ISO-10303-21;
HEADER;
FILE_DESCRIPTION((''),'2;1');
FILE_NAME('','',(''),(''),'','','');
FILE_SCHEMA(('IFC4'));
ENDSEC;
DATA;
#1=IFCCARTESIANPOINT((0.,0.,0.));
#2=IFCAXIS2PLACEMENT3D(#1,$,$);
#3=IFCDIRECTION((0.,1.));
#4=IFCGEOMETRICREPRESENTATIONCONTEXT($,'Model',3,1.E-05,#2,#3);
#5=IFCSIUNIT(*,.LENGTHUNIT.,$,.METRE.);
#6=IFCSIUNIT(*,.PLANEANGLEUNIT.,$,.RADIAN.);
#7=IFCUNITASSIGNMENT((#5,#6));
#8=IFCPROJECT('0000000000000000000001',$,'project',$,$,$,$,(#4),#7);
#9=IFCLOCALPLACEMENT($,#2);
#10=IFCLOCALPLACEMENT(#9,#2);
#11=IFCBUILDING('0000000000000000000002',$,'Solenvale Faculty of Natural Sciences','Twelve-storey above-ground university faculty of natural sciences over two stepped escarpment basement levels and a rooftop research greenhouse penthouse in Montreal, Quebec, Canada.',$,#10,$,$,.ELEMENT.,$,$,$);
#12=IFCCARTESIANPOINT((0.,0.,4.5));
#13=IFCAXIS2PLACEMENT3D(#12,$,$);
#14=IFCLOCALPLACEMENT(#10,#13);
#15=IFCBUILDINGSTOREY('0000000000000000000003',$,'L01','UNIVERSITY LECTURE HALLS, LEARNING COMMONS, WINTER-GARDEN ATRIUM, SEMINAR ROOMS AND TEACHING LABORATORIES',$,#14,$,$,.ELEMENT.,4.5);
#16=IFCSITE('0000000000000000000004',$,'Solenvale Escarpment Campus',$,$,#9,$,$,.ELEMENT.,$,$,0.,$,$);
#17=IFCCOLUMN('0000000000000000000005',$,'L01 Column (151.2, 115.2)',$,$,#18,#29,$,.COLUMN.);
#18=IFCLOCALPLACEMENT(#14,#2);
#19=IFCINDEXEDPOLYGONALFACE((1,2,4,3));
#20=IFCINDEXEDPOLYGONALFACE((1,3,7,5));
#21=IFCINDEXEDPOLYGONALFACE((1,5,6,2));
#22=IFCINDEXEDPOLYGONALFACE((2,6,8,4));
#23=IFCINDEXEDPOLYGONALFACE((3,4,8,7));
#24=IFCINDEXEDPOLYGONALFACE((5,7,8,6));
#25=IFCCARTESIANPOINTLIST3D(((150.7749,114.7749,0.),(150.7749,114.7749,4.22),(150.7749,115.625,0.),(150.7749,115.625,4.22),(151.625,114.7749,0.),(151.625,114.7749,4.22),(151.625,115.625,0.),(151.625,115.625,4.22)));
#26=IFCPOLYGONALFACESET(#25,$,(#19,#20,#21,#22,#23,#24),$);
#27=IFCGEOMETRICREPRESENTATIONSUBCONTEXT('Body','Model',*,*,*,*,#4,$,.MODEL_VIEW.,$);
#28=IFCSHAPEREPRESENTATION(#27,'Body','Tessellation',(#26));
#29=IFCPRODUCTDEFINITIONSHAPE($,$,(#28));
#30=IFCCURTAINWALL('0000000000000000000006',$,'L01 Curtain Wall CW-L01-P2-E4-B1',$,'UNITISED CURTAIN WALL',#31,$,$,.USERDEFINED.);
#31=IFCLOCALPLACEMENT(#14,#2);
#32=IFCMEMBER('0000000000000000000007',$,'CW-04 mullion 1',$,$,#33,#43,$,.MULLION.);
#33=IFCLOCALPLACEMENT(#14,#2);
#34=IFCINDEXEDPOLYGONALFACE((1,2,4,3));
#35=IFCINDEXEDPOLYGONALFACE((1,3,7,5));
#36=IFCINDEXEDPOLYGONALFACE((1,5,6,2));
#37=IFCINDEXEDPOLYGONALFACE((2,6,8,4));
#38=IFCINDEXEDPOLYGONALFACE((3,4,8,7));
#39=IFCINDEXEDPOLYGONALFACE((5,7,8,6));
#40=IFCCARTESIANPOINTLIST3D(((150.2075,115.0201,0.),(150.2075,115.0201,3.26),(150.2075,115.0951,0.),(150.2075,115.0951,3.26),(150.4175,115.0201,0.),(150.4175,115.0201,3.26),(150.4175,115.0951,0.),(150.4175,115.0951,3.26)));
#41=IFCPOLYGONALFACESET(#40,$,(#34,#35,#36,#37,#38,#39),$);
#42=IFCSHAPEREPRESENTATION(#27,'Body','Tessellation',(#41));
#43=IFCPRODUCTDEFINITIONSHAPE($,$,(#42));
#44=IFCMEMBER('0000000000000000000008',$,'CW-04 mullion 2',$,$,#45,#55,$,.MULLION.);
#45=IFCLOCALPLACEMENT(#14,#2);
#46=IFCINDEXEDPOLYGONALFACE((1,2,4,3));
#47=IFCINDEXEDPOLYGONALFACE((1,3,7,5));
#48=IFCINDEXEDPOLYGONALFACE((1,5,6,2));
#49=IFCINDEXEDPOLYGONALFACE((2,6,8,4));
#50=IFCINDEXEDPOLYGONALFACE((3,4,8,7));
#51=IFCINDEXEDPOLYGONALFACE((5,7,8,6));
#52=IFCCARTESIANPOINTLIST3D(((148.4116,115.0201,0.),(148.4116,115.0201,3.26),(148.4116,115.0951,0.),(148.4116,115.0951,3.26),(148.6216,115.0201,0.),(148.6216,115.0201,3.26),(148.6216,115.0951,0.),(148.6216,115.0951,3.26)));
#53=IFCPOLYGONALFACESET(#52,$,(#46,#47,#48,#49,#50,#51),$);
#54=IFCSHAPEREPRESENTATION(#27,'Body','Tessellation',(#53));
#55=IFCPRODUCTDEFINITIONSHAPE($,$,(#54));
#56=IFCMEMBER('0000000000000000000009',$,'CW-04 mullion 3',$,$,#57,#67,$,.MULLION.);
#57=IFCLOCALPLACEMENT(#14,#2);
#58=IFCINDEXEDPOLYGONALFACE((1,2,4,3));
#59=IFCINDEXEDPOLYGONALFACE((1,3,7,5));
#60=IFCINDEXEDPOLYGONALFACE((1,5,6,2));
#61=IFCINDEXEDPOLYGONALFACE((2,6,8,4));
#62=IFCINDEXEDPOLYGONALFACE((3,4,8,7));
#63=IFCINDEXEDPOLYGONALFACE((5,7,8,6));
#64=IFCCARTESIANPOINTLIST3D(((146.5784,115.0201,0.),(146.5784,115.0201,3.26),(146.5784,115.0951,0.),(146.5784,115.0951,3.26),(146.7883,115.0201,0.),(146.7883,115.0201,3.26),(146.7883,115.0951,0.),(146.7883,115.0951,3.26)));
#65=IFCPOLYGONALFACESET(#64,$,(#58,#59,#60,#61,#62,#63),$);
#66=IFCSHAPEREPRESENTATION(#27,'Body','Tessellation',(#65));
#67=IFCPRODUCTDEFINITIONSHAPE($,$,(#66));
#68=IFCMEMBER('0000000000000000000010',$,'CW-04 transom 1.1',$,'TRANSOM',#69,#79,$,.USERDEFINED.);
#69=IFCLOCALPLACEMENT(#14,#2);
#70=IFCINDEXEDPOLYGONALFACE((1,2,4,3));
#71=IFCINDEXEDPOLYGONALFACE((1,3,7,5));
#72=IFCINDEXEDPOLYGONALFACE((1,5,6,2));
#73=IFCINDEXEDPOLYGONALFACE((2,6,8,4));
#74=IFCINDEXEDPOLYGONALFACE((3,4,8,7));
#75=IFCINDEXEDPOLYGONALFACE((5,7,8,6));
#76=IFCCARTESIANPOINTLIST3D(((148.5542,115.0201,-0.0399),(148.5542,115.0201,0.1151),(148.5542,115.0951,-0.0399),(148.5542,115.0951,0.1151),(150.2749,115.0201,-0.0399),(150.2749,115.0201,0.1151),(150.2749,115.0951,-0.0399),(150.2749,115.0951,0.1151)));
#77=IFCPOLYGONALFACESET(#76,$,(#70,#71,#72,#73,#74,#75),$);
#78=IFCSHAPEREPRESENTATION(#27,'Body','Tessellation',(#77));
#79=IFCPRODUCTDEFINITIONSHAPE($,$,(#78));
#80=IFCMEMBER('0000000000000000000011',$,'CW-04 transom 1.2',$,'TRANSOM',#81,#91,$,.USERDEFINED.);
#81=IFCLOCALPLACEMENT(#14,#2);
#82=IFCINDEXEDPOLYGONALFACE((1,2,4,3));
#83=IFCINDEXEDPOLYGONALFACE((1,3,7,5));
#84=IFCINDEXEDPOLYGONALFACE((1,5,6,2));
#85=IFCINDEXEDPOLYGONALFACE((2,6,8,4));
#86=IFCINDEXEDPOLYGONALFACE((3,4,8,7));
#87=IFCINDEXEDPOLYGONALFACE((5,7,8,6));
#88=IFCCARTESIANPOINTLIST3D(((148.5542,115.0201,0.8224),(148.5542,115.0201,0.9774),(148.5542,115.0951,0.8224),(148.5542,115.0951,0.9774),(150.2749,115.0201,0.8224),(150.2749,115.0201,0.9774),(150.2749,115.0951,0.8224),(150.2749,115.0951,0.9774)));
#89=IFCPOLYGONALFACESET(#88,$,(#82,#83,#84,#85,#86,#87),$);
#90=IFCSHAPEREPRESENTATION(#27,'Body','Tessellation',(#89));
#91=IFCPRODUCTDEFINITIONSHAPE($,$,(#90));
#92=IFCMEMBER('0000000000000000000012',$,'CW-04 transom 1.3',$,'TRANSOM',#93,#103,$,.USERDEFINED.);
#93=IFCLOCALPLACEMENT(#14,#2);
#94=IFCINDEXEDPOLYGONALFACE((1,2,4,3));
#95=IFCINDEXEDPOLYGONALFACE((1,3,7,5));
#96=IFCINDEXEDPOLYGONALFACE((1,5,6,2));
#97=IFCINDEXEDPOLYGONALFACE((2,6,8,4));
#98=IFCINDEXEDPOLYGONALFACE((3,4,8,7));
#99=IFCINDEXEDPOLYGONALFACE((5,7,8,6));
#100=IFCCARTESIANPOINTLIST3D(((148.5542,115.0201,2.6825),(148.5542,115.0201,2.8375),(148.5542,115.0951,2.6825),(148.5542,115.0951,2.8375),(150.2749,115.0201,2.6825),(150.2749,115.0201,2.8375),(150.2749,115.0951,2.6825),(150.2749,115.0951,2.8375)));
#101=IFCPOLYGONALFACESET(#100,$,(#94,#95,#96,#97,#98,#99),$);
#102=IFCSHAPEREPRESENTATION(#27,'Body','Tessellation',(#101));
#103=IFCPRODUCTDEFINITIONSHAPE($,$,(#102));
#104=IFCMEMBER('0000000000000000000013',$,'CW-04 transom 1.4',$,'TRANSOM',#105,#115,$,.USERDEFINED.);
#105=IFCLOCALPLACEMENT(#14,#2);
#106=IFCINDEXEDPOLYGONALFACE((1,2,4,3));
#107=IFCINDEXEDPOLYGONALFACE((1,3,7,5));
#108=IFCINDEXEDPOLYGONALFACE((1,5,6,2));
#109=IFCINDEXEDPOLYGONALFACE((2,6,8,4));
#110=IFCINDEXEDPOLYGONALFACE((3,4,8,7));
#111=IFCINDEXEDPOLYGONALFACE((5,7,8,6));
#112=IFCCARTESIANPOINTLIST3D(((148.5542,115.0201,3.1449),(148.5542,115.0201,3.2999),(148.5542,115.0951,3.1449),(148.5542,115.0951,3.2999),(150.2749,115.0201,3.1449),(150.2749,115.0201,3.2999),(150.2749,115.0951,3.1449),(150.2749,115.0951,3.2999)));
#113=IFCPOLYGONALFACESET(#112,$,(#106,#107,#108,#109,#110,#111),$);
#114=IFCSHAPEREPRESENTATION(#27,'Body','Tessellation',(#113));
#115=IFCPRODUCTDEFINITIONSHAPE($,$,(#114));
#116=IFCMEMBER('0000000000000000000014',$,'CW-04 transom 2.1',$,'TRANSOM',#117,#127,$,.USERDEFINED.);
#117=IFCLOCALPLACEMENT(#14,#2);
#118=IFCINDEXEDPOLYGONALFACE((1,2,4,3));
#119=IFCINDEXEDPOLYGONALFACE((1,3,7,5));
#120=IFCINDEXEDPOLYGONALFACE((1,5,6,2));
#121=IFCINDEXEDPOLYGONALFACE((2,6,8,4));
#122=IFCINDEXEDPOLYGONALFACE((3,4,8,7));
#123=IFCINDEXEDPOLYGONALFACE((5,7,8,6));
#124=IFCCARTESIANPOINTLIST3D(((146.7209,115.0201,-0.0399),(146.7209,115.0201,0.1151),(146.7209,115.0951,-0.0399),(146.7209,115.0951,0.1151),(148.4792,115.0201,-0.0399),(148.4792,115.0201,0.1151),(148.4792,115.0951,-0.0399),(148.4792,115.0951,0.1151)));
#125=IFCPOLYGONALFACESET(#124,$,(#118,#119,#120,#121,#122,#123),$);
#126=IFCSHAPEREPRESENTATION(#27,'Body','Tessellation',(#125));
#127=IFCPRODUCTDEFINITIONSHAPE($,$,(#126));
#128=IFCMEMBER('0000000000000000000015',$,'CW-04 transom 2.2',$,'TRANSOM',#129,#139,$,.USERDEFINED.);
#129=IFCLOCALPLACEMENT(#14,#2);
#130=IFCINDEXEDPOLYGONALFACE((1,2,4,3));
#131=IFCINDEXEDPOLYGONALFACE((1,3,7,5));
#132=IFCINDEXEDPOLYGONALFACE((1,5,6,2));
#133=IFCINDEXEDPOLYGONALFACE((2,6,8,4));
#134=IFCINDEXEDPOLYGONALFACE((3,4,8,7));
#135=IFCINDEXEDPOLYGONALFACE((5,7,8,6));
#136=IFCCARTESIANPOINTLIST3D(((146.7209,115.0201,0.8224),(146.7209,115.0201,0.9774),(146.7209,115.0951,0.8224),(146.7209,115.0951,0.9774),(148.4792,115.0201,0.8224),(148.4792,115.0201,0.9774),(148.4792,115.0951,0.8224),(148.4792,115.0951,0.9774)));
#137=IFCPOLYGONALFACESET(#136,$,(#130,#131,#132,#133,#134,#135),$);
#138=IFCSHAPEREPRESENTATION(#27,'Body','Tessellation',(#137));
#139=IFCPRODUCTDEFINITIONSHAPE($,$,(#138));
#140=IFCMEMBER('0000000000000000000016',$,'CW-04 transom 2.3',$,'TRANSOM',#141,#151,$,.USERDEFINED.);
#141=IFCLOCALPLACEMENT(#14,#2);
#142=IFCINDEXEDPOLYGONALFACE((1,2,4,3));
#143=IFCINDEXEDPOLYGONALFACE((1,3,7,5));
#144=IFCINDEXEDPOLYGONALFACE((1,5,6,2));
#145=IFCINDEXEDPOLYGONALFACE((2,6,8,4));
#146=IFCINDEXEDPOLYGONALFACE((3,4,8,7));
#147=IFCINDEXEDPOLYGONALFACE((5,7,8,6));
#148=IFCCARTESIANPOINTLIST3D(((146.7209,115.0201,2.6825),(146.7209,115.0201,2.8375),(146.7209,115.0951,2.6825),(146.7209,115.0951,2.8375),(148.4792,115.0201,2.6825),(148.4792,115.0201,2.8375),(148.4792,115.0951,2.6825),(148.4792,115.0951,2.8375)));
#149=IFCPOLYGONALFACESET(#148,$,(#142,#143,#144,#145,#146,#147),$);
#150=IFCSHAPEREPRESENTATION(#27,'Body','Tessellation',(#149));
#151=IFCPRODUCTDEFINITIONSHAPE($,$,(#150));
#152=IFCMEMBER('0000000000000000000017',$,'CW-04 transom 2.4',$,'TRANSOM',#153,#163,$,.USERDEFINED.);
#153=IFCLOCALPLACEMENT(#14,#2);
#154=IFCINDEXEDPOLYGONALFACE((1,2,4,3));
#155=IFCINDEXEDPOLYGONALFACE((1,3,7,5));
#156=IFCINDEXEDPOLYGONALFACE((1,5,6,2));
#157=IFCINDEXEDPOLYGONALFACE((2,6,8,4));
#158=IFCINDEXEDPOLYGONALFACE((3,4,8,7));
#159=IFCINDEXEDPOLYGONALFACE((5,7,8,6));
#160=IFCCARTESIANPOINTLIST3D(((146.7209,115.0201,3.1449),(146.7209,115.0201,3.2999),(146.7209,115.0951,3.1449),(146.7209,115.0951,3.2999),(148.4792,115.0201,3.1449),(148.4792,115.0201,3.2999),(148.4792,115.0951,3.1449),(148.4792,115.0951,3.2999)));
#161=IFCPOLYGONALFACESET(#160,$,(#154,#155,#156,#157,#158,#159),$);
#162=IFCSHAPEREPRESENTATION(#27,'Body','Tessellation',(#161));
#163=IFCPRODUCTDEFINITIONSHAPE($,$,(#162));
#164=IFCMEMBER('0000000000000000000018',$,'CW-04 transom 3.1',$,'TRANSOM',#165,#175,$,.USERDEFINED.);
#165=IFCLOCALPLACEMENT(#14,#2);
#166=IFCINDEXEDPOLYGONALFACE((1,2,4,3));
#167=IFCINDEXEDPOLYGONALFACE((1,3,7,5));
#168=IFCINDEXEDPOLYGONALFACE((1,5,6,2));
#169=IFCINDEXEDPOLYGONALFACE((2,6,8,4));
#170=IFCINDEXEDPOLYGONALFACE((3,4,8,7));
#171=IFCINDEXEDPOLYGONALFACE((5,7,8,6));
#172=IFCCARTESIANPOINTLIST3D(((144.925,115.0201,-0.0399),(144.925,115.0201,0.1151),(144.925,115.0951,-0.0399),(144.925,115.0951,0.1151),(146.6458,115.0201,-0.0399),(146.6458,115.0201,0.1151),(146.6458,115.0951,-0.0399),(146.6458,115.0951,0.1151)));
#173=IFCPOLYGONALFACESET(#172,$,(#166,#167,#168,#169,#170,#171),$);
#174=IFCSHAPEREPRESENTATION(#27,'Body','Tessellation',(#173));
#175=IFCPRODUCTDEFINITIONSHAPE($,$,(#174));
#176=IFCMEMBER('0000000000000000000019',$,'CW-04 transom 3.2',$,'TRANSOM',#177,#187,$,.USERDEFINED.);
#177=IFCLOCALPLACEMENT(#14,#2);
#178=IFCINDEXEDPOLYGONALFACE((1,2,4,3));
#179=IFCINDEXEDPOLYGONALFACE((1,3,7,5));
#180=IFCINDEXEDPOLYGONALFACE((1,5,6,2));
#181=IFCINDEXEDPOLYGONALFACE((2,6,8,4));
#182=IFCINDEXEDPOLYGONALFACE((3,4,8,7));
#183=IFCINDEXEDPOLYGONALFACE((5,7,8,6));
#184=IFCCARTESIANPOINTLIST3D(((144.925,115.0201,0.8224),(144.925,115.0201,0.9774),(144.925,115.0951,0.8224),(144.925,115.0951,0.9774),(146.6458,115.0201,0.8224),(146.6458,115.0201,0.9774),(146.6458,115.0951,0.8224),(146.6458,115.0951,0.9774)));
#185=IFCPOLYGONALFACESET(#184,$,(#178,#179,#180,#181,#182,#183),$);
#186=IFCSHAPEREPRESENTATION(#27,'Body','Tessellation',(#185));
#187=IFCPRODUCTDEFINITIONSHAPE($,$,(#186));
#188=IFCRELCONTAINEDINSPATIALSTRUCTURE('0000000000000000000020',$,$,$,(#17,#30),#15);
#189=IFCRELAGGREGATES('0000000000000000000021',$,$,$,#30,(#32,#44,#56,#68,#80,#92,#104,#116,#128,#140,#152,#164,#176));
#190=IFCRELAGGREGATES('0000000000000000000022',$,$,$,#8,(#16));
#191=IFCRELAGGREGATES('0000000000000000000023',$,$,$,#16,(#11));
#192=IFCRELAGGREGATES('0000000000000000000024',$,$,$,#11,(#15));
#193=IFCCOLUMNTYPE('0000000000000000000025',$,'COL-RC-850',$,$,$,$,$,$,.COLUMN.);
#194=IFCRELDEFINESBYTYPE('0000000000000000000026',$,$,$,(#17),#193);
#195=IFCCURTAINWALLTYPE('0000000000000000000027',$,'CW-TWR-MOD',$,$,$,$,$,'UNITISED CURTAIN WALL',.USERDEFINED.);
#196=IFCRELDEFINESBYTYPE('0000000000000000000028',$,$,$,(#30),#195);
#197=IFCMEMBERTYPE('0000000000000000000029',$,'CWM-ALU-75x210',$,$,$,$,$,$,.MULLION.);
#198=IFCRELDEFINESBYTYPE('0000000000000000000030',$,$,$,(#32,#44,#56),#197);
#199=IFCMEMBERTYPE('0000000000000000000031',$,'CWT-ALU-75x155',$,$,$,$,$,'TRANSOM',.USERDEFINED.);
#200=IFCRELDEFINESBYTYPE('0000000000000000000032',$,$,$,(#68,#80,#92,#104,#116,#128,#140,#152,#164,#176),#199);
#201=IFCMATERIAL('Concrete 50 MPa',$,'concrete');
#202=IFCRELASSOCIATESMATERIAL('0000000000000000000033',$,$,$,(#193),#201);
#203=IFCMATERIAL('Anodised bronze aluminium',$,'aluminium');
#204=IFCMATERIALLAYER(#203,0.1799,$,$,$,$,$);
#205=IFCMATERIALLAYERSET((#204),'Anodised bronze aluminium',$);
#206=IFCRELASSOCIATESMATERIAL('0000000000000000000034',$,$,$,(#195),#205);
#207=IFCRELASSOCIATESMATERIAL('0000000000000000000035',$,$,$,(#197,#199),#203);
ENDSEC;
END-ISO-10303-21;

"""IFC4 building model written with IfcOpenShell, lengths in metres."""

from ifc_helpers import new_model, si_unit, direction, frame, origin, origin_2d, place, context, subcontext, project, spatial, rectangle, extrude, material, layer, layer_set, material_profile, profile_set, type_object, element, aggregate, save


model = new_model("IFC4")

# Units and contexts
model_context = context("Model", 3, precision=1e-05, world=origin(), true_north=direction((0.0, 1.0)))
body_context = subcontext(model_context, "Body", "Model", "MODEL_VIEW")
ifc_project = project(units=[si_unit("LENGTHUNIT", "METRE"), si_unit("PLANEANGLEUNIT", "RADIAN")], contexts=[model_context])

# Site, building, storey
site_placement = place(None, origin())
site = spatial("IfcSite", under=ifc_project, at=site_placement, Name="Solenvale Escarpment Campus", CompositionType="ELEMENT", RefElevation=0.0)
building_placement = place(site_placement, origin())
building = spatial("IfcBuilding", under=site, at=building_placement, Name="Solenvale Faculty of Natural Sciences", Description="Twelve-storey above-ground university faculty of natural sciences over two stepped escarpment basement levels and a rooftop research greenhouse penthouse in Montreal, Quebec, Canada.", CompositionType="ELEMENT")
storey_placement = place(building_placement, frame((0.0, 0.0, 4.5)))
storey = spatial("IfcBuildingStorey", under=building, at=storey_placement, Name="L01", Description="UNIVERSITY LECTURE HALLS, LEARNING COMMONS, WINTER-GARDEN ATRIUM, SEMINAR ROOMS AND TEACHING LABORATORIES", CompositionType="ELEMENT", Elevation=4.5)

# Column
ifc_material_1 = material(Name="Concrete 50 MPa", Category="concrete")
ifc_material_profile_1 = material_profile(ifc_material_1, rectangle(XDim=0.8501, YDim=0.8501, at=origin_2d()), Name="RC-COL-850x850")
ifc_profile_set_1 = profile_set([ifc_material_profile_1], Name="Concrete 50 MPa")
column_type = type_object("IfcColumnType", Name="COL-RC-850", PredefinedType="COLUMN", material=ifc_profile_set_1)
column_placement = place(storey_placement, frame((151.2, 115.2, 0.0), z_axis=(0.0, 0.0, 1.0), x_axis=(1.0, 0.0, 0.0)))
element("IfcColumn", 1, at=column_placement, inside=storey, type_object=column_type, Name="L01 Column (151.2, 115.2)", PredefinedType="COLUMN", context=body_context, shape_type="SweptSolid", body=[
    extrude(rectangle(XDim=0.8501, YDim=0.8501, at=origin_2d()), origin(), (0.0, 0.0, 1.0), 4.22),
])

# Curtain wall, members
ifc_material_2 = material(Name="Anodised bronze aluminium", Category="aluminium")
ifc_layer_1 = layer(ifc_material_2, 0.1799)
ifc_layer_set_1 = layer_set([ifc_layer_1], Name="Anodised bronze aluminium")
curtain_wall_type = type_object("IfcCurtainWallType", Name="CW-TWR-MOD", ElementType="UNITISED CURTAIN WALL", PredefinedType="USERDEFINED", material=ifc_layer_set_1)
curtain_wall_placement = place(storey_placement, origin())
curtain_wall = element("IfcCurtainWall", 2, at=curtain_wall_placement, inside=storey, type_object=curtain_wall_type, Name="L01 Curtain Wall CW-L01-P2-E4-B1", ObjectType="UNITISED CURTAIN WALL", PredefinedType="USERDEFINED")
ifc_material_profile_2 = material_profile(ifc_material_2, rectangle(XDim=0.075, YDim=0.21, at=origin_2d()), Name="ALU-MUL-75x210")
ifc_profile_set_2 = profile_set([ifc_material_profile_2], Name="Anodised bronze aluminium")
member_type_1 = type_object("IfcMemberType", Name="CWM-ALU-75x210", PredefinedType="MULLION", material=ifc_profile_set_2)
member_1_placement = place(storey_placement, frame((150.3125, 115.0576, 0.0), z_axis=(0.0, 0.0, 1.0), x_axis=(0.0, -1.0, 0.0)))
member_1 = element("IfcMember", 3, at=member_1_placement, type_object=member_type_1, Name="CW-04 mullion 1", PredefinedType="MULLION", context=body_context, shape_type="SweptSolid", body=[
    extrude(rectangle(XDim=0.075, YDim=0.21, at=origin_2d()), origin(), (0.0, 0.0, 1.0), 3.26),
])
member_2_placement = place(storey_placement, frame((148.5166, 115.0576, 0.0), z_axis=(0.0, 0.0, 1.0), x_axis=(0.0, -1.0, 0.0)))
member_2 = element("IfcMember", 4, at=member_2_placement, type_object=member_type_1, Name="CW-04 mullion 2", PredefinedType="MULLION", context=body_context, shape_type="SweptSolid", body=[
    extrude(rectangle(XDim=0.075, YDim=0.21, at=origin_2d()), origin(), (0.0, 0.0, 1.0), 3.26),
])
member_3_placement = place(storey_placement, frame((146.6833, 115.0576, 0.0), z_axis=(0.0, 0.0, 1.0), x_axis=(0.0, -1.0, 0.0)))
member_3 = element("IfcMember", 5, at=member_3_placement, type_object=member_type_1, Name="CW-04 mullion 3", PredefinedType="MULLION", context=body_context, shape_type="SweptSolid", body=[
    extrude(rectangle(XDim=0.075, YDim=0.21, at=origin_2d()), origin(), (0.0, 0.0, 1.0), 3.26),
])
ifc_material_profile_3 = material_profile(ifc_material_2, rectangle(XDim=0.075, YDim=0.155, at=origin_2d()), Name="ALU-TRN-75x155")
ifc_profile_set_3 = profile_set([ifc_material_profile_3], Name="Anodised bronze aluminium")
member_type_2 = type_object("IfcMemberType", Name="CWT-ALU-75x155", ElementType="TRANSOM", PredefinedType="USERDEFINED", material=ifc_profile_set_3)
member_4_placement = place(storey_placement, frame((150.2749, 115.0576, 0.0376), z_axis=(-1.0, 0.0, 0.0), x_axis=(0.0, -1.0, 0.0)))
member_4 = element("IfcMember", 6, at=member_4_placement, type_object=member_type_2, Name="CW-04 transom 1.1", ObjectType="TRANSOM", PredefinedType="USERDEFINED", context=body_context, shape_type="SweptSolid", body=[
    extrude(rectangle(XDim=0.075, YDim=0.155, at=origin_2d()), origin(), (0.0, 0.0, 1.0), 1.7207),
])
member_5_placement = place(storey_placement, frame((150.2749, 115.0576, 0.8999), z_axis=(-1.0, 0.0, 0.0), x_axis=(0.0, -1.0, 0.0)))
member_5 = element("IfcMember", 7, at=member_5_placement, type_object=member_type_2, Name="CW-04 transom 1.2", ObjectType="TRANSOM", PredefinedType="USERDEFINED", context=body_context, shape_type="SweptSolid", body=[
    extrude(rectangle(XDim=0.075, YDim=0.155, at=origin_2d()), origin(), (0.0, 0.0, 1.0), 1.7207),
])
member_6_placement = place(storey_placement, frame((150.2749, 115.0576, 2.76), z_axis=(-1.0, 0.0, 0.0), x_axis=(0.0, -1.0, 0.0)))
member_6 = element("IfcMember", 8, at=member_6_placement, type_object=member_type_2, Name="CW-04 transom 1.3", ObjectType="TRANSOM", PredefinedType="USERDEFINED", context=body_context, shape_type="SweptSolid", body=[
    extrude(rectangle(XDim=0.075, YDim=0.155, at=origin_2d()), origin(), (0.0, 0.0, 1.0), 1.7207),
])
member_7_placement = place(storey_placement, frame((150.2749, 115.0576, 3.2224), z_axis=(-1.0, 0.0, 0.0), x_axis=(0.0, -1.0, 0.0)))
member_7 = element("IfcMember", 9, at=member_7_placement, type_object=member_type_2, Name="CW-04 transom 1.4", ObjectType="TRANSOM", PredefinedType="USERDEFINED", context=body_context, shape_type="SweptSolid", body=[
    extrude(rectangle(XDim=0.075, YDim=0.155, at=origin_2d()), origin(), (0.0, 0.0, 1.0), 1.7207),
])
member_8_placement = place(storey_placement, frame((148.4792, 115.0576, 0.0376), z_axis=(-1.0, 0.0, 0.0), x_axis=(0.0, -1.0, 0.0)))
member_8 = element("IfcMember", 10, at=member_8_placement, type_object=member_type_2, Name="CW-04 transom 2.1", ObjectType="TRANSOM", PredefinedType="USERDEFINED", context=body_context, shape_type="SweptSolid", body=[
    extrude(rectangle(XDim=0.075, YDim=0.155, at=origin_2d()), origin(), (0.0, 0.0, 1.0), 1.7583),
])
member_9_placement = place(storey_placement, frame((148.4792, 115.0576, 0.8999), z_axis=(-1.0, 0.0, 0.0), x_axis=(0.0, -1.0, 0.0)))
member_9 = element("IfcMember", 11, at=member_9_placement, type_object=member_type_2, Name="CW-04 transom 2.2", ObjectType="TRANSOM", PredefinedType="USERDEFINED", context=body_context, shape_type="SweptSolid", body=[
    extrude(rectangle(XDim=0.075, YDim=0.155, at=origin_2d()), origin(), (0.0, 0.0, 1.0), 1.7583),
])
member_10_placement = place(storey_placement, frame((148.4792, 115.0576, 2.76), z_axis=(-1.0, 0.0, 0.0), x_axis=(0.0, -1.0, 0.0)))
member_10 = element("IfcMember", 12, at=member_10_placement, type_object=member_type_2, Name="CW-04 transom 2.3", ObjectType="TRANSOM", PredefinedType="USERDEFINED", context=body_context, shape_type="SweptSolid", body=[
    extrude(rectangle(XDim=0.075, YDim=0.155, at=origin_2d()), origin(), (0.0, 0.0, 1.0), 1.7583),
])
member_11_placement = place(storey_placement, frame((148.4792, 115.0576, 3.2224), z_axis=(-1.0, 0.0, 0.0), x_axis=(0.0, -1.0, 0.0)))
member_11 = element("IfcMember", 13, at=member_11_placement, type_object=member_type_2, Name="CW-04 transom 2.4", ObjectType="TRANSOM", PredefinedType="USERDEFINED", context=body_context, shape_type="SweptSolid", body=[
    extrude(rectangle(XDim=0.075, YDim=0.155, at=origin_2d()), origin(), (0.0, 0.0, 1.0), 1.7583),
])
member_12_placement = place(storey_placement, frame((146.6458, 115.0576, 0.0376), z_axis=(-1.0, 0.0, 0.0), x_axis=(0.0, -1.0, 0.0)))
member_12 = element("IfcMember", 14, at=member_12_placement, type_object=member_type_2, Name="CW-04 transom 3.1", ObjectType="TRANSOM", PredefinedType="USERDEFINED", context=body_context, shape_type="SweptSolid", body=[
    extrude(rectangle(XDim=0.075, YDim=0.155, at=origin_2d()), origin(), (0.0, 0.0, 1.0), 1.7207),
])
member_13_placement = place(storey_placement, frame((146.6458, 115.0576, 0.8999), z_axis=(-1.0, 0.0, 0.0), x_axis=(0.0, -1.0, 0.0)))
member_13 = element("IfcMember", 15, at=member_13_placement, type_object=member_type_2, Name="CW-04 transom 3.2", ObjectType="TRANSOM", PredefinedType="USERDEFINED", context=body_context, shape_type="SweptSolid", body=[
    extrude(rectangle(XDim=0.075, YDim=0.155, at=origin_2d()), origin(), (0.0, 0.0, 1.0), 1.7207),
])
aggregate(curtain_wall, [member_1, member_2, member_3, member_4, member_5, member_6, member_7, member_8, member_9, member_10, member_11, member_12, member_13])

save(model, "model.ifc")
